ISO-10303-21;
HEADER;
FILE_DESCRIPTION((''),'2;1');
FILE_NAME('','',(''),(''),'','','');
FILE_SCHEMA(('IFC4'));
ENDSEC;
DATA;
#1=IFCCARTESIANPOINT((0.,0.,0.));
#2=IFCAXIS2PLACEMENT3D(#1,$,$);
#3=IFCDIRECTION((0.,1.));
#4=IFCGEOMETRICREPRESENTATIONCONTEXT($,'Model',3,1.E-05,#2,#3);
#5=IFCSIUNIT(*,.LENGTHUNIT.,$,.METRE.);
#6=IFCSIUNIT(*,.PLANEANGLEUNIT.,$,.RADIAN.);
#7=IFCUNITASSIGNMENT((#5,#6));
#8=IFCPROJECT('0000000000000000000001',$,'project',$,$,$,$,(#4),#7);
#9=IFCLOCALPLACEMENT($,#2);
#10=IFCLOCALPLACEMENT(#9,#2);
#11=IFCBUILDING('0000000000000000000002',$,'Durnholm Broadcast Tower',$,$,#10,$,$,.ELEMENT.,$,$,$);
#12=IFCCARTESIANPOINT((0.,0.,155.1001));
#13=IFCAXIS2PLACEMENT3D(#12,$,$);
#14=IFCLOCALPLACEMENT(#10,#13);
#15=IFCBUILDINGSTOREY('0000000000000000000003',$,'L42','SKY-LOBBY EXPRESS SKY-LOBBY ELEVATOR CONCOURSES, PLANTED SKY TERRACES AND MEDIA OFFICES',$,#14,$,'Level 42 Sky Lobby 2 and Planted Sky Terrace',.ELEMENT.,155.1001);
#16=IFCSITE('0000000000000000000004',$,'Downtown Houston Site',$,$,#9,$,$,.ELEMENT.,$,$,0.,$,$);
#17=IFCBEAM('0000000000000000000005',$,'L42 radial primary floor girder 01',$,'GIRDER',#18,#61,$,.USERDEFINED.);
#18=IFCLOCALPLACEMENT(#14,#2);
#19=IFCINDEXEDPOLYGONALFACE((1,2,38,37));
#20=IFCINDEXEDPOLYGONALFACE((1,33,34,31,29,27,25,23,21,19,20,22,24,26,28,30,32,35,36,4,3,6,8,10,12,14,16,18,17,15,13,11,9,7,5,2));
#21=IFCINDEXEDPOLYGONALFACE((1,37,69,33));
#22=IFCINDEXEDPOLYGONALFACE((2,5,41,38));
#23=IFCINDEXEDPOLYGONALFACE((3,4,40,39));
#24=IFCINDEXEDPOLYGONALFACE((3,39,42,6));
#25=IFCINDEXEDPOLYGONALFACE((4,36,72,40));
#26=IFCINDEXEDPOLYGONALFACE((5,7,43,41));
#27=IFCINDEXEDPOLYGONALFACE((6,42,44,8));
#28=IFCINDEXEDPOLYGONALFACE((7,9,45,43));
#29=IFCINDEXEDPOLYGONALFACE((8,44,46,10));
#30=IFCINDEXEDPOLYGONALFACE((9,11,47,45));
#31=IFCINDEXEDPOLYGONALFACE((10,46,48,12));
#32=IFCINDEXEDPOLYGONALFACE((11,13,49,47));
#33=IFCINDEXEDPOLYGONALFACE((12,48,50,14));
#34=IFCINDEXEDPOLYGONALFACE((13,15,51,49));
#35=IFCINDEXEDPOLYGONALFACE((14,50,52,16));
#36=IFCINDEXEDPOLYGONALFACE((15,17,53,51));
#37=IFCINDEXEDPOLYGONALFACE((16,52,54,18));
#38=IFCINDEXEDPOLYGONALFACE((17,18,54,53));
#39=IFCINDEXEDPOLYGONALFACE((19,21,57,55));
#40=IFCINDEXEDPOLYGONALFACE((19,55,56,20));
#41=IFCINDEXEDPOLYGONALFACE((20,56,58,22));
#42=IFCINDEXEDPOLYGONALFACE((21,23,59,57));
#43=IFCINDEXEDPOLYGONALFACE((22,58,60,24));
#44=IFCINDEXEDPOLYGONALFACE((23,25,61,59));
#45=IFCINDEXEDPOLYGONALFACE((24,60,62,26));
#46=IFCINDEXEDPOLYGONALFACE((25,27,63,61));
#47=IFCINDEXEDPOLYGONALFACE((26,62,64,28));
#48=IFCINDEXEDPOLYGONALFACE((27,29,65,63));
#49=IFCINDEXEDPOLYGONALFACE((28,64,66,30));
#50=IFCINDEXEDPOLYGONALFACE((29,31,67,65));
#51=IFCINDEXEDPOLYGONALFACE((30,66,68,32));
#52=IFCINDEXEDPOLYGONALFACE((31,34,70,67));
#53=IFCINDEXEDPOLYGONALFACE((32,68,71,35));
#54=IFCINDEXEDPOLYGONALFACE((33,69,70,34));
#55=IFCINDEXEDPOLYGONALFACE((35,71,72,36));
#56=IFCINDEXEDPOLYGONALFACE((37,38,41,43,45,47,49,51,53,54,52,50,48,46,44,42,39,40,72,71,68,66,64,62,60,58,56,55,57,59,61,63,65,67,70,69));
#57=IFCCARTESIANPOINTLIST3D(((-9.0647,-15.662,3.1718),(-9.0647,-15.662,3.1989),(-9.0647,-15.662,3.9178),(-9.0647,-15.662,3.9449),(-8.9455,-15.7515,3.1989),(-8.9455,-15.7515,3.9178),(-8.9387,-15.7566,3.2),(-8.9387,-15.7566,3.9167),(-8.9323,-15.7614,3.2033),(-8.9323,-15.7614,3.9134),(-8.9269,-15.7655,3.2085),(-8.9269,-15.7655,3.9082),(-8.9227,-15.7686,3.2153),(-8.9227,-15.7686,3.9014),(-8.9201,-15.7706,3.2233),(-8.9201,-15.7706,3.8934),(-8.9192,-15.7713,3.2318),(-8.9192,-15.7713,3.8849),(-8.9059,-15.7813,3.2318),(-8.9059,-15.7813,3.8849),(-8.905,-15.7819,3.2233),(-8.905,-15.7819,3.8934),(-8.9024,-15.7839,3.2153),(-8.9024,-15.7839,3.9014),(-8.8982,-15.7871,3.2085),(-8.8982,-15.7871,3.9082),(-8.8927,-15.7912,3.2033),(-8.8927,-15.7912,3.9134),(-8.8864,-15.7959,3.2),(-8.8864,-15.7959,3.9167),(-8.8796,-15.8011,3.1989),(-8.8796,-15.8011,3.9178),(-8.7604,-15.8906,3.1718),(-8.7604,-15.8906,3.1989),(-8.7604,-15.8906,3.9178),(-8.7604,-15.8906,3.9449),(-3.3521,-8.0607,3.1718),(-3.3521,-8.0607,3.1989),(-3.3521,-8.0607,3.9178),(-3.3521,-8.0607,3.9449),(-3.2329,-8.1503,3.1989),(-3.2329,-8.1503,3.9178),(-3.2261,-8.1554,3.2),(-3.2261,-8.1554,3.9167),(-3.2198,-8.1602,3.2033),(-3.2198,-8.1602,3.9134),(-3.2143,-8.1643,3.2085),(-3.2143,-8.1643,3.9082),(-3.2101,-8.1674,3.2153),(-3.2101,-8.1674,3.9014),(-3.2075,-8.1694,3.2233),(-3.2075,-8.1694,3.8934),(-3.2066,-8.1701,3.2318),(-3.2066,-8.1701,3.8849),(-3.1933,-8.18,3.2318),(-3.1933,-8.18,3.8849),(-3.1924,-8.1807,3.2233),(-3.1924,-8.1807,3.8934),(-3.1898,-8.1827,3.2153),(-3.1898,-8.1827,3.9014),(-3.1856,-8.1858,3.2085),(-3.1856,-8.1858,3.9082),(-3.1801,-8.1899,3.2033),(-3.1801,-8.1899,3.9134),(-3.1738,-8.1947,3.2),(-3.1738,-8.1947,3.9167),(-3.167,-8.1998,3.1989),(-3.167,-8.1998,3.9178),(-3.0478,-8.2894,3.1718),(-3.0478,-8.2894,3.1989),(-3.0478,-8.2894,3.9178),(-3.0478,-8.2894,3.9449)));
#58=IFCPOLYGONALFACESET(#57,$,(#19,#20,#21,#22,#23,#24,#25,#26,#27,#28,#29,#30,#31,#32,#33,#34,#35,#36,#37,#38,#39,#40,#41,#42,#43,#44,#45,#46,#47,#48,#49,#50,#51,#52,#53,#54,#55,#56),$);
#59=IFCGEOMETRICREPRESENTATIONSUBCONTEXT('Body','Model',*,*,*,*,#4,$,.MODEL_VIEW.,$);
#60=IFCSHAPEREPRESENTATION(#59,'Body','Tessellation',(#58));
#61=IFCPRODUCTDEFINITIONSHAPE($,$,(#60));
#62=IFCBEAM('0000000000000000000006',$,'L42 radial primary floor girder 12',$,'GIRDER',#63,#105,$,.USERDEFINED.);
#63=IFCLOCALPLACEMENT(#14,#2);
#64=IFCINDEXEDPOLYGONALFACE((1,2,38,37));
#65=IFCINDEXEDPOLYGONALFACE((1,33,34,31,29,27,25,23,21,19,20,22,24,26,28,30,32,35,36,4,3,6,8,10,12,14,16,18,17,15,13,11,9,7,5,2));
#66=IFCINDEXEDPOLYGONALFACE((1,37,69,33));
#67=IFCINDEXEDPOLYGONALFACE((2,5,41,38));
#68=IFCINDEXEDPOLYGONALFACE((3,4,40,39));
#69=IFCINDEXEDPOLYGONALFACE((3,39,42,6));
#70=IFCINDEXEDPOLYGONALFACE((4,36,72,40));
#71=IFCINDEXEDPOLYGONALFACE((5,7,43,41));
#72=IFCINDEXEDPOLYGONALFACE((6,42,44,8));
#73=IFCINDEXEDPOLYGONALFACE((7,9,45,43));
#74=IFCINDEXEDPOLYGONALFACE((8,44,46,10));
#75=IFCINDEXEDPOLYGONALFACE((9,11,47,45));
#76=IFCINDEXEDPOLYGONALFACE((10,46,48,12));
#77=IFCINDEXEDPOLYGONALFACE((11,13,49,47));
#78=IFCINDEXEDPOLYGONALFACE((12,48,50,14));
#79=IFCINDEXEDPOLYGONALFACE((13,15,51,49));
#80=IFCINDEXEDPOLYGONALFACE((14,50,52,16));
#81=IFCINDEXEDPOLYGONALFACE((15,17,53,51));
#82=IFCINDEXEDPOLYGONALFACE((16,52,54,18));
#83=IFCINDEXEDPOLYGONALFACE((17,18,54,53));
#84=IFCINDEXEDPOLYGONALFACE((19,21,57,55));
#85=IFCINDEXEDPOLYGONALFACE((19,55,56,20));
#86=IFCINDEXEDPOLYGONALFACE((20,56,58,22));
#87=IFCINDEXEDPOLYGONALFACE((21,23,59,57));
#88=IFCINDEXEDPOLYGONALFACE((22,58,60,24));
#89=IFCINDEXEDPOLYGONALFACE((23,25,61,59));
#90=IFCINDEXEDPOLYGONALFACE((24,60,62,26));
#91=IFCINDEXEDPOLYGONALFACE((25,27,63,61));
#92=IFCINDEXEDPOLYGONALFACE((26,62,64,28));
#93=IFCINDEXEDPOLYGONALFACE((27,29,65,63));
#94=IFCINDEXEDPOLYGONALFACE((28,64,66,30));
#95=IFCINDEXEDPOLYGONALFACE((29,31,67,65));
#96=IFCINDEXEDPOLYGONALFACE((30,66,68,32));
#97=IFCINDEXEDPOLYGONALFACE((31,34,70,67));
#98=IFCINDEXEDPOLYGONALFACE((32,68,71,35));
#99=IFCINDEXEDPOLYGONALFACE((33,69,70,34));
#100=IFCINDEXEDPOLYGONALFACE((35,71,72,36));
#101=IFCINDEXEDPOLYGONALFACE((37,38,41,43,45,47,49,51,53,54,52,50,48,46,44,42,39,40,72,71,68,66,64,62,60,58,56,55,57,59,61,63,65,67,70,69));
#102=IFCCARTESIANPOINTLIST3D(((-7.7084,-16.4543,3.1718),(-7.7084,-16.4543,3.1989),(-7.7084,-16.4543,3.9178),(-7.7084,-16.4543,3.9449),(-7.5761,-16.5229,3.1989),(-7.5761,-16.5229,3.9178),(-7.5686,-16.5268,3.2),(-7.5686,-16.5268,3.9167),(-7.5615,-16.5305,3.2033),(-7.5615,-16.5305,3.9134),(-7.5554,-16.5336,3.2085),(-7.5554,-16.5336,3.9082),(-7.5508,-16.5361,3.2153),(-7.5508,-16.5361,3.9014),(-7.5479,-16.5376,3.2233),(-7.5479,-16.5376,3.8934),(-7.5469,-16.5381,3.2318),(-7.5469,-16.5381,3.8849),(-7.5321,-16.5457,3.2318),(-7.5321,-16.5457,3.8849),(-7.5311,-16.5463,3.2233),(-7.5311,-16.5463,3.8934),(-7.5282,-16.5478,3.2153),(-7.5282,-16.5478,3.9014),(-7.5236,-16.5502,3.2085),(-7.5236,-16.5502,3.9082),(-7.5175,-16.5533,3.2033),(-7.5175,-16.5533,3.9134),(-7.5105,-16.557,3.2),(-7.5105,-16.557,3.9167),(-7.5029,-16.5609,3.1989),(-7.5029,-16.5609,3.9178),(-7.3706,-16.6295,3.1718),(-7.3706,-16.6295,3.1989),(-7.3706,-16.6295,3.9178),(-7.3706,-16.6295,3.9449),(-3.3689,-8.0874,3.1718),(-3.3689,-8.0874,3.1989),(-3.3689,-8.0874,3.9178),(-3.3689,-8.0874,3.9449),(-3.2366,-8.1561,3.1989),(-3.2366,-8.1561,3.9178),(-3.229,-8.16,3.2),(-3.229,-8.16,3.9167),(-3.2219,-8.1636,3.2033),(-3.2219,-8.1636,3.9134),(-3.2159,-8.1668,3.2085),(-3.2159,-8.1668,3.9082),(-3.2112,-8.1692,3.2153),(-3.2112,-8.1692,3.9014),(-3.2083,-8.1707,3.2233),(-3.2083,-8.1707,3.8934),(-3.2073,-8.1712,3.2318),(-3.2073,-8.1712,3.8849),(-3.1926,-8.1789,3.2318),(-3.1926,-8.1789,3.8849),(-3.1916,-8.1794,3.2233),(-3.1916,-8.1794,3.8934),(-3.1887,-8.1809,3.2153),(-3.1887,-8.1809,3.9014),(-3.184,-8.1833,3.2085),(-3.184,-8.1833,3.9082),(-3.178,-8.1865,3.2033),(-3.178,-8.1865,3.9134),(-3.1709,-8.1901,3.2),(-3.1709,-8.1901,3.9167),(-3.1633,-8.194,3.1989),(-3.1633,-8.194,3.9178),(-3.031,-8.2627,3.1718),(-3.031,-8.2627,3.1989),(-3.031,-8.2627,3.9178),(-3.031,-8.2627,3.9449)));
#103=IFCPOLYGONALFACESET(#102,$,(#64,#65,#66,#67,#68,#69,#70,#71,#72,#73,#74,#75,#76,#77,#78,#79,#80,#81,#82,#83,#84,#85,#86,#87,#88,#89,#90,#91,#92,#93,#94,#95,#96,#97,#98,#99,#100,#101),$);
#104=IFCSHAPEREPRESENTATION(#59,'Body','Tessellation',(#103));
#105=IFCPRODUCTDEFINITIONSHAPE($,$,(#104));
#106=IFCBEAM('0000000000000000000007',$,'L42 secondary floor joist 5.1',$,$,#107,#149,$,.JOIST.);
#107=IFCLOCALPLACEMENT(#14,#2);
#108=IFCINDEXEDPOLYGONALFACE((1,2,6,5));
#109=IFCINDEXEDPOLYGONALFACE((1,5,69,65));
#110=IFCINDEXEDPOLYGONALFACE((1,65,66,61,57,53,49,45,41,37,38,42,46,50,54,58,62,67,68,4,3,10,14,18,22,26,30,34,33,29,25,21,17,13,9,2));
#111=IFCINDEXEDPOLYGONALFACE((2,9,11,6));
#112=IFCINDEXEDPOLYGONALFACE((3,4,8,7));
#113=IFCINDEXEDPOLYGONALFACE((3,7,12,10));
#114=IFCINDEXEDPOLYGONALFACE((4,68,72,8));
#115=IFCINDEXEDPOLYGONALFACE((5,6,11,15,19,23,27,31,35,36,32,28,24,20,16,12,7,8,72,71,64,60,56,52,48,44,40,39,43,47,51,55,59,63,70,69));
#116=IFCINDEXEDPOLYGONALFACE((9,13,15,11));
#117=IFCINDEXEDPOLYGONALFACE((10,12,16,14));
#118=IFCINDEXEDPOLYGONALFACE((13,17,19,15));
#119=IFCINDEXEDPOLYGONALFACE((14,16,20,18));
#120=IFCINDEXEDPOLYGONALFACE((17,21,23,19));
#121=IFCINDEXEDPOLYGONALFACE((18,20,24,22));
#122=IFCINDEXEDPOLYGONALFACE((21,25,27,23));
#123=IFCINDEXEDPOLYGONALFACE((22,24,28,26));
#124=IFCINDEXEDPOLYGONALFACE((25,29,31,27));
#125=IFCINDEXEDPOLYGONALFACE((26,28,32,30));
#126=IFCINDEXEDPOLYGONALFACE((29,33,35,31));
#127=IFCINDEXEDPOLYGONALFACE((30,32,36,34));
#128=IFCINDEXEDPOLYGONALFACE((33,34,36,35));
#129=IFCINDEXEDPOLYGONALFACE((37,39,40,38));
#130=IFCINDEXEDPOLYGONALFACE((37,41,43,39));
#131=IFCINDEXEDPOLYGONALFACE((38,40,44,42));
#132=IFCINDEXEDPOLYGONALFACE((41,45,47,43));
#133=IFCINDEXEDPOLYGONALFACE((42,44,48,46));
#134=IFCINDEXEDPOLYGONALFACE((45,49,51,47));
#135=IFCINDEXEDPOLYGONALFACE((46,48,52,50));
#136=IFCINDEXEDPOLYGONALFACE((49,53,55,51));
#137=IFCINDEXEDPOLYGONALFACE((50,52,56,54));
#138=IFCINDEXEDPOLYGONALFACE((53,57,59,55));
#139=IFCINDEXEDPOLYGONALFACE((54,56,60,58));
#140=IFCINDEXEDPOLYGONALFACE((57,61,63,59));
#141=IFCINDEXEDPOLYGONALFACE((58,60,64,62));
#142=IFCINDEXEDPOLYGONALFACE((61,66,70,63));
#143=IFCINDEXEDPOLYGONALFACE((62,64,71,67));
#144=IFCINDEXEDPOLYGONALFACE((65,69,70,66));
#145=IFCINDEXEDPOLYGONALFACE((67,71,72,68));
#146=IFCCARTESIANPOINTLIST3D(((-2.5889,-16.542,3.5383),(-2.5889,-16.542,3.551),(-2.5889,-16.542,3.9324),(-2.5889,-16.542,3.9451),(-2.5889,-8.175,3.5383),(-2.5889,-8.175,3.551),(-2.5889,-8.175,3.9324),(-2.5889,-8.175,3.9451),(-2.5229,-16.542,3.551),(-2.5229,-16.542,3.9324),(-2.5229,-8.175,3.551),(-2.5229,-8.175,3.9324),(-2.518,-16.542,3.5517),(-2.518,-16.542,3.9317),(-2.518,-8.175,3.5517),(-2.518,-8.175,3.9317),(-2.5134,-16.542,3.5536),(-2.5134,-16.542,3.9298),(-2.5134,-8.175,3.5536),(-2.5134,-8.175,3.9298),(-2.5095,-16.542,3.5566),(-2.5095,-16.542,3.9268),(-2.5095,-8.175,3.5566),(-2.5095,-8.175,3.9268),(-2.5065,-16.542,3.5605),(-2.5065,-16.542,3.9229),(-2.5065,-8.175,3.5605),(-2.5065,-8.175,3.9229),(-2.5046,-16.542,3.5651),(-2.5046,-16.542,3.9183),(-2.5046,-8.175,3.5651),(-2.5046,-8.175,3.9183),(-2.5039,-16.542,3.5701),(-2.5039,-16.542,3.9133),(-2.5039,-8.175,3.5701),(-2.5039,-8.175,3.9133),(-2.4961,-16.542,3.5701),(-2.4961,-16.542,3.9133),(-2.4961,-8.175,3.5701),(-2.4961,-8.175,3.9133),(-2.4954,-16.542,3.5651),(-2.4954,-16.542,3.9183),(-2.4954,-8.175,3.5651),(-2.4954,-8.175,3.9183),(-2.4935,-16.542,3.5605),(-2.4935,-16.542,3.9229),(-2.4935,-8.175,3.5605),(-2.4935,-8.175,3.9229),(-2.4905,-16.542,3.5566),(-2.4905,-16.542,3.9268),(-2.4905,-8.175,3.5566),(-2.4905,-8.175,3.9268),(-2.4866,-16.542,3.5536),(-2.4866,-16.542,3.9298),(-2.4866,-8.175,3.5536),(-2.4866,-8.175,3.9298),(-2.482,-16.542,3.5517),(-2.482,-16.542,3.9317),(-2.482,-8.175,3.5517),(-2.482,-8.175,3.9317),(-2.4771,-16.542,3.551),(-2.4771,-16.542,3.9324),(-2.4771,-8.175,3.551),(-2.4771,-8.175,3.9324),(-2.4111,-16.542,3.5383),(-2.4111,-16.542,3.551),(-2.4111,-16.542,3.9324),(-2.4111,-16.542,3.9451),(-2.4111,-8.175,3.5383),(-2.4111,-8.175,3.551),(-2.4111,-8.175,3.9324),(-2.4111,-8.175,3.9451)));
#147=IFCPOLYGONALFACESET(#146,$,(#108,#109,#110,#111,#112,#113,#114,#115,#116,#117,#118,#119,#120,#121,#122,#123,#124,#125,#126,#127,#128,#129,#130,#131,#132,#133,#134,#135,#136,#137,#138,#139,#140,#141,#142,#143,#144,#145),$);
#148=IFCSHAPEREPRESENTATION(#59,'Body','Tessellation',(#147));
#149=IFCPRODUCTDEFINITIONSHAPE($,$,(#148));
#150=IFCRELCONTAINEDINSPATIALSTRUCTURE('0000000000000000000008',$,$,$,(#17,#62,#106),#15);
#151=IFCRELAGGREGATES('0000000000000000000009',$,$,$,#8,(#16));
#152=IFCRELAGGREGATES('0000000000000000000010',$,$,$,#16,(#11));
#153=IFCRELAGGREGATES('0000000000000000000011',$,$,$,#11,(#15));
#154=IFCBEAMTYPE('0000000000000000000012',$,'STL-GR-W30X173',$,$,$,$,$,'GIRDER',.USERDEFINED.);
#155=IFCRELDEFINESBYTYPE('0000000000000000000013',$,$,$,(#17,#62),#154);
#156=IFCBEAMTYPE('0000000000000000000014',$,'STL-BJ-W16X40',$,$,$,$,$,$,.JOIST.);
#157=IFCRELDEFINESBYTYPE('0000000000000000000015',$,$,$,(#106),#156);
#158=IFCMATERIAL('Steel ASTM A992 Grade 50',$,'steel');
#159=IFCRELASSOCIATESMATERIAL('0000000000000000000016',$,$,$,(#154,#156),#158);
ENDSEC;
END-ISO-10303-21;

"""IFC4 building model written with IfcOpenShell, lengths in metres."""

from ifc_helpers import new_model, si_unit, direction, frame, origin, origin_2d, place, context, subcontext, project, spatial, i_section, extrude, source, transform, mapped, material, material_profile, profile_set, type_object, type_shapes, element, save


model = new_model("IFC4")

# Units and contexts
model_context = context("Model", 3, precision=1e-05, world=origin(), true_north=direction((0.0, 1.0)))
body_context = subcontext(model_context, "Body", "Model", "MODEL_VIEW")
ifc_project = project(units=[si_unit("LENGTHUNIT", "METRE"), si_unit("PLANEANGLEUNIT", "RADIAN")], contexts=[model_context])

# Site, building, storey
site_placement = place(None, origin())
site = spatial("IfcSite", under=ifc_project, at=site_placement, Name="Downtown Houston Site", CompositionType="ELEMENT", RefElevation=0.0)
building_placement = place(site_placement, origin())
building = spatial("IfcBuilding", under=site, at=building_placement, Name="Durnholm Broadcast Tower", CompositionType="ELEMENT")
storey_placement = place(building_placement, frame((0.0, 0.0, 155.1001)))
storey = spatial("IfcBuildingStorey", under=building, at=storey_placement, Name="L42", Description="SKY-LOBBY EXPRESS SKY-LOBBY ELEVATOR CONCOURSES, PLANTED SKY TERRACES AND MEDIA OFFICES", LongName="Level 42 Sky Lobby 2 and Planted Sky Terrace", CompositionType="ELEMENT", Elevation=155.1001)

# Beams
ifc_material_1 = material(Name="Steel ASTM A992 Grade 50", Category="steel")
ifc_material_profile_1 = material_profile(ifc_material_1, i_section(OverallWidth=0.3806, OverallDepth=0.7732, WebThickness=0.0166, FlangeThickness=0.0271, FilletRadius=0.033, at=origin_2d()), Name="W30X173")
ifc_profile_set_1 = profile_set([ifc_material_profile_1], Name="Steel ASTM A992 Grade 50")
beam_type_1 = type_object("IfcBeamType", Name="STL-GR-W30X173", ElementType="GIRDER", PredefinedType="USERDEFINED", material=ifc_profile_set_1)
shared_shape_1 = source(origin(), body_context, "Body", "SweptSolid", [
    extrude(i_section(OverallWidth=0.3806, OverallDepth=0.7732, WebThickness=0.0166, FlangeThickness=0.0271, FilletRadius=0.033, at=origin_2d()), origin(), (0.0, 0.0, 1.0), 9.5085),
])
beam_1_placement = place(storey_placement, frame((-3.2, -8.175, 3.5583), z_axis=(-0.600784, -0.799411, 0.0), x_axis=(0.799411, -0.600784, 0.0)))
element("IfcBeam", 1, at=beam_1_placement, inside=storey, type_object=beam_type_1, Name="L42 radial primary floor girder 01", ObjectType="GIRDER", PredefinedType="USERDEFINED", context=body_context, shape_type="MappedRepresentation", body=[
    mapped(shared_shape_1, transform((0.0, 0.0, 0.0), x_axis=(1.0, 0.0, 0.0), y_axis=(0.0, 1.0, 0.0), z_axis=(0.0, 0.0, 1.0), scale=1.0)),
])
shared_shape_2 = source(origin(), body_context, "Body", "SweptSolid", [
    extrude(i_section(OverallWidth=0.3806, OverallDepth=0.7732, WebThickness=0.0166, FlangeThickness=0.0271, FilletRadius=0.033, at=origin_2d()), origin(), (0.0, 0.0, 1.0), 9.4253),
])
type_shapes(beam_type_1, [shared_shape_1, shared_shape_2])
beam_2_placement = place(storey_placement, frame((-3.2, -8.175, 3.5583), z_axis=(-0.460416, -0.887703, 0.0), x_axis=(0.887703, -0.460416, 0.0)))
element("IfcBeam", 2, at=beam_2_placement, inside=storey, type_object=beam_type_1, Name="L42 radial primary floor girder 12", ObjectType="GIRDER", PredefinedType="USERDEFINED", context=body_context, shape_type="MappedRepresentation", body=[
    mapped(shared_shape_2, transform((0.0, 0.0, 0.0), x_axis=(1.0, 0.0, 0.0), y_axis=(0.0, 1.0, 0.0), z_axis=(0.0, 0.0, 1.0), scale=1.0)),
])
ifc_material_profile_2 = material_profile(ifc_material_1, i_section(OverallWidth=0.1777, OverallDepth=0.4067, WebThickness=0.0078, FlangeThickness=0.0127, FilletRadius=0.019, at=origin_2d()), Name="W16X40")
ifc_profile_set_2 = profile_set([ifc_material_profile_2], Name="Steel ASTM A992 Grade 50")
beam_type_2 = type_object("IfcBeamType", Name="STL-BJ-W16X40", PredefinedType="JOIST", material=ifc_profile_set_2)
shared_shape_3 = source(origin(), body_context, "Body", "SweptSolid", [
    extrude(i_section(OverallWidth=0.1777, OverallDepth=0.4067, WebThickness=0.0078, FlangeThickness=0.0127, FilletRadius=0.019, at=origin_2d()), origin(), (0.0, 0.0, 1.0), 8.3669),
])
type_shapes(beam_type_2, [shared_shape_3])
beam_3_placement = place(storey_placement, frame((-2.5, -16.542, 3.7417), z_axis=(0.0, 1.0, 0.0), x_axis=(-1.0, 0.0, 0.0)))
element("IfcBeam", 3, at=beam_3_placement, inside=storey, type_object=beam_type_2, Name="L42 secondary floor joist 5.1", PredefinedType="JOIST", context=body_context, shape_type="MappedRepresentation", body=[
    mapped(shared_shape_3, transform((0.0, 0.0, 0.0), x_axis=(1.0, 0.0, 0.0), y_axis=(0.0, 1.0, 0.0), z_axis=(0.0, 0.0, 1.0), scale=1.0)),
])

save(model, "model.ifc")
